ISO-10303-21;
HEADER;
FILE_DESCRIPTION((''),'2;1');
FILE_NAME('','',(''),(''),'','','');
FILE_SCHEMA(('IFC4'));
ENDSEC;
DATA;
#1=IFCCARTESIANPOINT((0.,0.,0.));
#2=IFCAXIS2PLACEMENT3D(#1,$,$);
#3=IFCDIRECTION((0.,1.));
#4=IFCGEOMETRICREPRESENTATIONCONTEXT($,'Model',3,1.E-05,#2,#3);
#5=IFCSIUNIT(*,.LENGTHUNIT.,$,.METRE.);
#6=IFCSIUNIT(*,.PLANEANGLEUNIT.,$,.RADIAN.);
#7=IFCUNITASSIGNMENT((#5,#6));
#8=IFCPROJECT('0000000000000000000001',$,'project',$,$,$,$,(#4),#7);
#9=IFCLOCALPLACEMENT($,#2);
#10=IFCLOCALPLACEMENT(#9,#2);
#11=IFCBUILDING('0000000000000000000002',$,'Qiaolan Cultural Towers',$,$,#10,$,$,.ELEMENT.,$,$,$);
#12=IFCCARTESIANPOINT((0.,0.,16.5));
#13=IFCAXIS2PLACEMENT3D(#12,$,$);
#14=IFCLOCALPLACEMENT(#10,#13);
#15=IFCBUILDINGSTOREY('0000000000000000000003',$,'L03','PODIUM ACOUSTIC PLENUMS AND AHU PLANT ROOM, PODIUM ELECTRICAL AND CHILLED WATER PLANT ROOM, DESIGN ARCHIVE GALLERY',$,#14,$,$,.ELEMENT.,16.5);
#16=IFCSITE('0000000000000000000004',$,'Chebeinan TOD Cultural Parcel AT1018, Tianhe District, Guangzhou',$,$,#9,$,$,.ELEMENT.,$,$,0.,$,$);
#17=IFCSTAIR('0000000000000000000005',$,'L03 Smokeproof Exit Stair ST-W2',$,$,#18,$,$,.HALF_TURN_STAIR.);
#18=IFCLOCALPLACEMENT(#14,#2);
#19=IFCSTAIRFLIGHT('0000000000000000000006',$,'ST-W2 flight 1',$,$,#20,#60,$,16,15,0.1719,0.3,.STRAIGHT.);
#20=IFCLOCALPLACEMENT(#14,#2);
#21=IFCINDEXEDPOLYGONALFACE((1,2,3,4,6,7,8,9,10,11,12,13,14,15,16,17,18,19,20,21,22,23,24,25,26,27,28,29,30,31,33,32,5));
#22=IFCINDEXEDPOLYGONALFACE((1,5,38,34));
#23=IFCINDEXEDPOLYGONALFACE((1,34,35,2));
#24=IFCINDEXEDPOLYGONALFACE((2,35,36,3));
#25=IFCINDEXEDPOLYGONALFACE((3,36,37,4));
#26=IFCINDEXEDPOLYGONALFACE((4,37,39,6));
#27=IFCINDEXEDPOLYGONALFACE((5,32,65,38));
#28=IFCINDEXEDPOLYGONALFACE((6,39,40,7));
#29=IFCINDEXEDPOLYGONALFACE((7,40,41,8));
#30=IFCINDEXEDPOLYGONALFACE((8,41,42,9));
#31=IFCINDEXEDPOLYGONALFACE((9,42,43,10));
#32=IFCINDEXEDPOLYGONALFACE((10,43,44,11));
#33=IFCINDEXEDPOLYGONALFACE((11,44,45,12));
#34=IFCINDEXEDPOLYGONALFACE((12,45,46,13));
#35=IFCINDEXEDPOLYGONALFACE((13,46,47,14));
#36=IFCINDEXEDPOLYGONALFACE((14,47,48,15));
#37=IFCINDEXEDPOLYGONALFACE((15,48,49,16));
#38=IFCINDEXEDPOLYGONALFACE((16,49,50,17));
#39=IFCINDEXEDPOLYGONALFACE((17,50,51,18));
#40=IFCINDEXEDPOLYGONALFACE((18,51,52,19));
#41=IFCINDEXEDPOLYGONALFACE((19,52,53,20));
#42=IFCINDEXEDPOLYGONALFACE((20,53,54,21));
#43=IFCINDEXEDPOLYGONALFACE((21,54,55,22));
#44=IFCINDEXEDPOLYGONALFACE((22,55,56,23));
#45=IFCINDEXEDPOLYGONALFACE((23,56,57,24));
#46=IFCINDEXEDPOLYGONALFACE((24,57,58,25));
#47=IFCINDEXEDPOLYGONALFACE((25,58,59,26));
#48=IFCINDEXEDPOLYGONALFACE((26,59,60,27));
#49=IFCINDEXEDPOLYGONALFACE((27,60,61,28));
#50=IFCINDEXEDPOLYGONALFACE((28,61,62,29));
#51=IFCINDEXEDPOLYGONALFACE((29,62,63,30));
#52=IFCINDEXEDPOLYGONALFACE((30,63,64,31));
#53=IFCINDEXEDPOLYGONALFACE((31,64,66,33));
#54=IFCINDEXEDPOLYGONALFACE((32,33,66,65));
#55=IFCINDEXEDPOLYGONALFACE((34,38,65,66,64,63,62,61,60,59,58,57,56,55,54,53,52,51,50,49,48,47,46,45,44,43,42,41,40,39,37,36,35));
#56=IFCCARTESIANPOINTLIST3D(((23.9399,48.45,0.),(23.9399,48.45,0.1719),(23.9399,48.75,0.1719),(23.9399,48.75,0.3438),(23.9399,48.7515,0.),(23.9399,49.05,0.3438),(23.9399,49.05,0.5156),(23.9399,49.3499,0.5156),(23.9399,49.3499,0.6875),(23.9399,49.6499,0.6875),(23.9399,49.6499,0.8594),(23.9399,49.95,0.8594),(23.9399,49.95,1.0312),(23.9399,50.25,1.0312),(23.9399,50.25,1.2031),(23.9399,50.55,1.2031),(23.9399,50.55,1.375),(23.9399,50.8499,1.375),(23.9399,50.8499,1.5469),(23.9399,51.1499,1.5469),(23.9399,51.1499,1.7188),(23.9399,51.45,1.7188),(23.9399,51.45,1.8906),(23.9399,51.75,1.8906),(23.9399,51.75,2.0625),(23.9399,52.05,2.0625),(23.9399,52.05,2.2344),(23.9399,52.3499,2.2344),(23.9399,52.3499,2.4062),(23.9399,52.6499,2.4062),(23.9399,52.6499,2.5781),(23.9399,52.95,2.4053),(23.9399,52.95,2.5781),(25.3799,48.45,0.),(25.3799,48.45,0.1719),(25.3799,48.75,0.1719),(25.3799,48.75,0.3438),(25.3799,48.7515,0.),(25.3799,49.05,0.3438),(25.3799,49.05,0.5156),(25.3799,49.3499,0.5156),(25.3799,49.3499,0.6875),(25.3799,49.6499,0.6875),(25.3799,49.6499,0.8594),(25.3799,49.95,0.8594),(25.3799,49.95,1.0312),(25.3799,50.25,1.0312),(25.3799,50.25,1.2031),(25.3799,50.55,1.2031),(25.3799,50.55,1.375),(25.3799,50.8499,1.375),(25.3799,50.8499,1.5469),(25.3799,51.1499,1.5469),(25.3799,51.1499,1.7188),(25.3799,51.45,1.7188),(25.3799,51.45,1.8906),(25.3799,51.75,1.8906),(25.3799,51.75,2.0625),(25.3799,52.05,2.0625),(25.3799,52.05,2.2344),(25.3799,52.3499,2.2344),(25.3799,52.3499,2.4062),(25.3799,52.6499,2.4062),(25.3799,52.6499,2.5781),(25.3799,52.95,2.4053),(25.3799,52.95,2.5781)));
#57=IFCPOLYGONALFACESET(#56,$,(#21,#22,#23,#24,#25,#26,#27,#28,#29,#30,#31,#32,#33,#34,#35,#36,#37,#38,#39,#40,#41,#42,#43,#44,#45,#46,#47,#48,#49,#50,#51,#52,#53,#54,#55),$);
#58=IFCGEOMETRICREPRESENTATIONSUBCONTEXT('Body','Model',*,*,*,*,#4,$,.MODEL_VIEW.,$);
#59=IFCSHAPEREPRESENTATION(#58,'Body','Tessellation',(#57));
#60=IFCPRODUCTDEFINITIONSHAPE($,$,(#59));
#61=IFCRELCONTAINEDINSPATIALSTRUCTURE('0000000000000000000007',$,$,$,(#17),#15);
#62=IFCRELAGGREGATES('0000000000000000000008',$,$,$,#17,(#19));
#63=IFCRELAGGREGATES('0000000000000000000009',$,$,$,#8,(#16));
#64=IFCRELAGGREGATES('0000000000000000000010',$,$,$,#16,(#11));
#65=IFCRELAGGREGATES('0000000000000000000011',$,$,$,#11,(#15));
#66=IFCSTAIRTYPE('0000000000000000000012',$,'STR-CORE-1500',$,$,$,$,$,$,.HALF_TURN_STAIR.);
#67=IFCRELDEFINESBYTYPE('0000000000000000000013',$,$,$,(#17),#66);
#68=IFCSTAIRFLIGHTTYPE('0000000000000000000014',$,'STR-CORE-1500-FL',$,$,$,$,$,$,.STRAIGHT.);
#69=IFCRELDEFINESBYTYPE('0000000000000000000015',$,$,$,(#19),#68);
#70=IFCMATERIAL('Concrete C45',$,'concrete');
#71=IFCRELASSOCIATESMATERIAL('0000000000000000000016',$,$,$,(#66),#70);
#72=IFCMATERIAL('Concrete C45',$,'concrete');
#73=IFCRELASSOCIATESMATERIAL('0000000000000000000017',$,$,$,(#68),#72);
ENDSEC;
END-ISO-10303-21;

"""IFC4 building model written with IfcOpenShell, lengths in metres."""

from ifc_helpers import new_model, si_unit, direction, frame, origin, place, context, subcontext, project, spatial, polyline, outline, extrude, material, type_object, element, aggregate, save


model = new_model("IFC4")

# Units and contexts
model_context = context("Model", 3, precision=1e-05, world=origin(), true_north=direction((0.0, 1.0)))
body_context = subcontext(model_context, "Body", "Model", "MODEL_VIEW")
ifc_project = project(units=[si_unit("LENGTHUNIT", "METRE"), si_unit("PLANEANGLEUNIT", "RADIAN")], contexts=[model_context])

# Site, building, storey
site_placement = place(None, origin())
site = spatial("IfcSite", under=ifc_project, at=site_placement, Name="Chebeinan TOD Cultural Parcel AT1018, Tianhe District, Guangzhou", CompositionType="ELEMENT", RefElevation=0.0)
building_placement = place(site_placement, origin())
building = spatial("IfcBuilding", under=site, at=building_placement, Name="Qiaolan Cultural Towers", CompositionType="ELEMENT")
storey_placement = place(building_placement, frame((0.0, 0.0, 16.5)))
storey = spatial("IfcBuildingStorey", under=building, at=storey_placement, Name="L03", Description="PODIUM ACOUSTIC PLENUMS AND AHU PLANT ROOM, PODIUM ELECTRICAL AND CHILLED WATER PLANT ROOM, DESIGN ARCHIVE GALLERY", CompositionType="ELEMENT", Elevation=16.5)

# Stair, stair flight
ifc_material_1 = material(Name="Concrete C45", Category="concrete")
stair_type = type_object("IfcStairType", Name="STR-CORE-1500", PredefinedType="HALF_TURN_STAIR", material=ifc_material_1)
stair_placement = place(storey_placement, origin())
stair = element("IfcStair", 1, at=stair_placement, inside=storey, type_object=stair_type, Name="L03 Smokeproof Exit Stair ST-W2", PredefinedType="HALF_TURN_STAIR")
ifc_material_2 = material(Name="Concrete C45", Category="concrete")
stair_flight_type = type_object("IfcStairFlightType", Name="STR-CORE-1500-FL", PredefinedType="STRAIGHT", material=ifc_material_2)
stair_flight_placement = place(storey_placement, frame((24.6599, 48.45, 0.0), z_axis=(0.0, 0.0, 1.0), x_axis=(0.0, 1.0, 0.0)))
stair_flight = element("IfcStairFlight", 2, at=stair_flight_placement, type_object=stair_flight_type, Name="ST-W2 flight 1", NumberOfRisers=16, NumberOfTreads=15, PredefinedType="STRAIGHT", RiserHeight=0.1719, TreadLength=0.3, context=body_context, shape_type="SweptSolid", body=[
    extrude(outline(polyline([(0.0, 0.0), (0.0, 0.1719), (0.3, 0.1719), (0.3, 0.3438), (0.6001, 0.3438), (0.6001, 0.5156), (0.8999, 0.5156), (0.8999, 0.6875), (1.2, 0.6875), (1.2, 0.8594), (1.5, 0.8594), (1.5, 1.0312), (1.8, 1.0312), (1.8, 1.2031), (2.1001, 1.2031), (2.1001, 1.375), (2.3999, 1.375), (2.3999, 1.5469), (2.7, 1.5469), (2.7, 1.7188), (3.0, 1.7188), (3.0, 1.8906), (3.3, 1.8906), (3.3, 2.0625), (3.6001, 2.0625), (3.6001, 2.2344), (3.8999, 2.2344), (3.8999, 2.4062), (4.2, 2.4062), (4.2, 2.5781), (4.5, 2.5781), (4.5, 2.75), (4.5, 2.4053), (0.3015, 0.0), (0.0, 0.0)])), frame((0.0, 0.72, 0.0), z_axis=(0.0, -1.0, 0.0), x_axis=(1.0, 0.0, 0.0)), (0.0, 0.0, 1.0), 1.4399),
])
aggregate(stair, [stair_flight])

save(model, "model.ifc")
